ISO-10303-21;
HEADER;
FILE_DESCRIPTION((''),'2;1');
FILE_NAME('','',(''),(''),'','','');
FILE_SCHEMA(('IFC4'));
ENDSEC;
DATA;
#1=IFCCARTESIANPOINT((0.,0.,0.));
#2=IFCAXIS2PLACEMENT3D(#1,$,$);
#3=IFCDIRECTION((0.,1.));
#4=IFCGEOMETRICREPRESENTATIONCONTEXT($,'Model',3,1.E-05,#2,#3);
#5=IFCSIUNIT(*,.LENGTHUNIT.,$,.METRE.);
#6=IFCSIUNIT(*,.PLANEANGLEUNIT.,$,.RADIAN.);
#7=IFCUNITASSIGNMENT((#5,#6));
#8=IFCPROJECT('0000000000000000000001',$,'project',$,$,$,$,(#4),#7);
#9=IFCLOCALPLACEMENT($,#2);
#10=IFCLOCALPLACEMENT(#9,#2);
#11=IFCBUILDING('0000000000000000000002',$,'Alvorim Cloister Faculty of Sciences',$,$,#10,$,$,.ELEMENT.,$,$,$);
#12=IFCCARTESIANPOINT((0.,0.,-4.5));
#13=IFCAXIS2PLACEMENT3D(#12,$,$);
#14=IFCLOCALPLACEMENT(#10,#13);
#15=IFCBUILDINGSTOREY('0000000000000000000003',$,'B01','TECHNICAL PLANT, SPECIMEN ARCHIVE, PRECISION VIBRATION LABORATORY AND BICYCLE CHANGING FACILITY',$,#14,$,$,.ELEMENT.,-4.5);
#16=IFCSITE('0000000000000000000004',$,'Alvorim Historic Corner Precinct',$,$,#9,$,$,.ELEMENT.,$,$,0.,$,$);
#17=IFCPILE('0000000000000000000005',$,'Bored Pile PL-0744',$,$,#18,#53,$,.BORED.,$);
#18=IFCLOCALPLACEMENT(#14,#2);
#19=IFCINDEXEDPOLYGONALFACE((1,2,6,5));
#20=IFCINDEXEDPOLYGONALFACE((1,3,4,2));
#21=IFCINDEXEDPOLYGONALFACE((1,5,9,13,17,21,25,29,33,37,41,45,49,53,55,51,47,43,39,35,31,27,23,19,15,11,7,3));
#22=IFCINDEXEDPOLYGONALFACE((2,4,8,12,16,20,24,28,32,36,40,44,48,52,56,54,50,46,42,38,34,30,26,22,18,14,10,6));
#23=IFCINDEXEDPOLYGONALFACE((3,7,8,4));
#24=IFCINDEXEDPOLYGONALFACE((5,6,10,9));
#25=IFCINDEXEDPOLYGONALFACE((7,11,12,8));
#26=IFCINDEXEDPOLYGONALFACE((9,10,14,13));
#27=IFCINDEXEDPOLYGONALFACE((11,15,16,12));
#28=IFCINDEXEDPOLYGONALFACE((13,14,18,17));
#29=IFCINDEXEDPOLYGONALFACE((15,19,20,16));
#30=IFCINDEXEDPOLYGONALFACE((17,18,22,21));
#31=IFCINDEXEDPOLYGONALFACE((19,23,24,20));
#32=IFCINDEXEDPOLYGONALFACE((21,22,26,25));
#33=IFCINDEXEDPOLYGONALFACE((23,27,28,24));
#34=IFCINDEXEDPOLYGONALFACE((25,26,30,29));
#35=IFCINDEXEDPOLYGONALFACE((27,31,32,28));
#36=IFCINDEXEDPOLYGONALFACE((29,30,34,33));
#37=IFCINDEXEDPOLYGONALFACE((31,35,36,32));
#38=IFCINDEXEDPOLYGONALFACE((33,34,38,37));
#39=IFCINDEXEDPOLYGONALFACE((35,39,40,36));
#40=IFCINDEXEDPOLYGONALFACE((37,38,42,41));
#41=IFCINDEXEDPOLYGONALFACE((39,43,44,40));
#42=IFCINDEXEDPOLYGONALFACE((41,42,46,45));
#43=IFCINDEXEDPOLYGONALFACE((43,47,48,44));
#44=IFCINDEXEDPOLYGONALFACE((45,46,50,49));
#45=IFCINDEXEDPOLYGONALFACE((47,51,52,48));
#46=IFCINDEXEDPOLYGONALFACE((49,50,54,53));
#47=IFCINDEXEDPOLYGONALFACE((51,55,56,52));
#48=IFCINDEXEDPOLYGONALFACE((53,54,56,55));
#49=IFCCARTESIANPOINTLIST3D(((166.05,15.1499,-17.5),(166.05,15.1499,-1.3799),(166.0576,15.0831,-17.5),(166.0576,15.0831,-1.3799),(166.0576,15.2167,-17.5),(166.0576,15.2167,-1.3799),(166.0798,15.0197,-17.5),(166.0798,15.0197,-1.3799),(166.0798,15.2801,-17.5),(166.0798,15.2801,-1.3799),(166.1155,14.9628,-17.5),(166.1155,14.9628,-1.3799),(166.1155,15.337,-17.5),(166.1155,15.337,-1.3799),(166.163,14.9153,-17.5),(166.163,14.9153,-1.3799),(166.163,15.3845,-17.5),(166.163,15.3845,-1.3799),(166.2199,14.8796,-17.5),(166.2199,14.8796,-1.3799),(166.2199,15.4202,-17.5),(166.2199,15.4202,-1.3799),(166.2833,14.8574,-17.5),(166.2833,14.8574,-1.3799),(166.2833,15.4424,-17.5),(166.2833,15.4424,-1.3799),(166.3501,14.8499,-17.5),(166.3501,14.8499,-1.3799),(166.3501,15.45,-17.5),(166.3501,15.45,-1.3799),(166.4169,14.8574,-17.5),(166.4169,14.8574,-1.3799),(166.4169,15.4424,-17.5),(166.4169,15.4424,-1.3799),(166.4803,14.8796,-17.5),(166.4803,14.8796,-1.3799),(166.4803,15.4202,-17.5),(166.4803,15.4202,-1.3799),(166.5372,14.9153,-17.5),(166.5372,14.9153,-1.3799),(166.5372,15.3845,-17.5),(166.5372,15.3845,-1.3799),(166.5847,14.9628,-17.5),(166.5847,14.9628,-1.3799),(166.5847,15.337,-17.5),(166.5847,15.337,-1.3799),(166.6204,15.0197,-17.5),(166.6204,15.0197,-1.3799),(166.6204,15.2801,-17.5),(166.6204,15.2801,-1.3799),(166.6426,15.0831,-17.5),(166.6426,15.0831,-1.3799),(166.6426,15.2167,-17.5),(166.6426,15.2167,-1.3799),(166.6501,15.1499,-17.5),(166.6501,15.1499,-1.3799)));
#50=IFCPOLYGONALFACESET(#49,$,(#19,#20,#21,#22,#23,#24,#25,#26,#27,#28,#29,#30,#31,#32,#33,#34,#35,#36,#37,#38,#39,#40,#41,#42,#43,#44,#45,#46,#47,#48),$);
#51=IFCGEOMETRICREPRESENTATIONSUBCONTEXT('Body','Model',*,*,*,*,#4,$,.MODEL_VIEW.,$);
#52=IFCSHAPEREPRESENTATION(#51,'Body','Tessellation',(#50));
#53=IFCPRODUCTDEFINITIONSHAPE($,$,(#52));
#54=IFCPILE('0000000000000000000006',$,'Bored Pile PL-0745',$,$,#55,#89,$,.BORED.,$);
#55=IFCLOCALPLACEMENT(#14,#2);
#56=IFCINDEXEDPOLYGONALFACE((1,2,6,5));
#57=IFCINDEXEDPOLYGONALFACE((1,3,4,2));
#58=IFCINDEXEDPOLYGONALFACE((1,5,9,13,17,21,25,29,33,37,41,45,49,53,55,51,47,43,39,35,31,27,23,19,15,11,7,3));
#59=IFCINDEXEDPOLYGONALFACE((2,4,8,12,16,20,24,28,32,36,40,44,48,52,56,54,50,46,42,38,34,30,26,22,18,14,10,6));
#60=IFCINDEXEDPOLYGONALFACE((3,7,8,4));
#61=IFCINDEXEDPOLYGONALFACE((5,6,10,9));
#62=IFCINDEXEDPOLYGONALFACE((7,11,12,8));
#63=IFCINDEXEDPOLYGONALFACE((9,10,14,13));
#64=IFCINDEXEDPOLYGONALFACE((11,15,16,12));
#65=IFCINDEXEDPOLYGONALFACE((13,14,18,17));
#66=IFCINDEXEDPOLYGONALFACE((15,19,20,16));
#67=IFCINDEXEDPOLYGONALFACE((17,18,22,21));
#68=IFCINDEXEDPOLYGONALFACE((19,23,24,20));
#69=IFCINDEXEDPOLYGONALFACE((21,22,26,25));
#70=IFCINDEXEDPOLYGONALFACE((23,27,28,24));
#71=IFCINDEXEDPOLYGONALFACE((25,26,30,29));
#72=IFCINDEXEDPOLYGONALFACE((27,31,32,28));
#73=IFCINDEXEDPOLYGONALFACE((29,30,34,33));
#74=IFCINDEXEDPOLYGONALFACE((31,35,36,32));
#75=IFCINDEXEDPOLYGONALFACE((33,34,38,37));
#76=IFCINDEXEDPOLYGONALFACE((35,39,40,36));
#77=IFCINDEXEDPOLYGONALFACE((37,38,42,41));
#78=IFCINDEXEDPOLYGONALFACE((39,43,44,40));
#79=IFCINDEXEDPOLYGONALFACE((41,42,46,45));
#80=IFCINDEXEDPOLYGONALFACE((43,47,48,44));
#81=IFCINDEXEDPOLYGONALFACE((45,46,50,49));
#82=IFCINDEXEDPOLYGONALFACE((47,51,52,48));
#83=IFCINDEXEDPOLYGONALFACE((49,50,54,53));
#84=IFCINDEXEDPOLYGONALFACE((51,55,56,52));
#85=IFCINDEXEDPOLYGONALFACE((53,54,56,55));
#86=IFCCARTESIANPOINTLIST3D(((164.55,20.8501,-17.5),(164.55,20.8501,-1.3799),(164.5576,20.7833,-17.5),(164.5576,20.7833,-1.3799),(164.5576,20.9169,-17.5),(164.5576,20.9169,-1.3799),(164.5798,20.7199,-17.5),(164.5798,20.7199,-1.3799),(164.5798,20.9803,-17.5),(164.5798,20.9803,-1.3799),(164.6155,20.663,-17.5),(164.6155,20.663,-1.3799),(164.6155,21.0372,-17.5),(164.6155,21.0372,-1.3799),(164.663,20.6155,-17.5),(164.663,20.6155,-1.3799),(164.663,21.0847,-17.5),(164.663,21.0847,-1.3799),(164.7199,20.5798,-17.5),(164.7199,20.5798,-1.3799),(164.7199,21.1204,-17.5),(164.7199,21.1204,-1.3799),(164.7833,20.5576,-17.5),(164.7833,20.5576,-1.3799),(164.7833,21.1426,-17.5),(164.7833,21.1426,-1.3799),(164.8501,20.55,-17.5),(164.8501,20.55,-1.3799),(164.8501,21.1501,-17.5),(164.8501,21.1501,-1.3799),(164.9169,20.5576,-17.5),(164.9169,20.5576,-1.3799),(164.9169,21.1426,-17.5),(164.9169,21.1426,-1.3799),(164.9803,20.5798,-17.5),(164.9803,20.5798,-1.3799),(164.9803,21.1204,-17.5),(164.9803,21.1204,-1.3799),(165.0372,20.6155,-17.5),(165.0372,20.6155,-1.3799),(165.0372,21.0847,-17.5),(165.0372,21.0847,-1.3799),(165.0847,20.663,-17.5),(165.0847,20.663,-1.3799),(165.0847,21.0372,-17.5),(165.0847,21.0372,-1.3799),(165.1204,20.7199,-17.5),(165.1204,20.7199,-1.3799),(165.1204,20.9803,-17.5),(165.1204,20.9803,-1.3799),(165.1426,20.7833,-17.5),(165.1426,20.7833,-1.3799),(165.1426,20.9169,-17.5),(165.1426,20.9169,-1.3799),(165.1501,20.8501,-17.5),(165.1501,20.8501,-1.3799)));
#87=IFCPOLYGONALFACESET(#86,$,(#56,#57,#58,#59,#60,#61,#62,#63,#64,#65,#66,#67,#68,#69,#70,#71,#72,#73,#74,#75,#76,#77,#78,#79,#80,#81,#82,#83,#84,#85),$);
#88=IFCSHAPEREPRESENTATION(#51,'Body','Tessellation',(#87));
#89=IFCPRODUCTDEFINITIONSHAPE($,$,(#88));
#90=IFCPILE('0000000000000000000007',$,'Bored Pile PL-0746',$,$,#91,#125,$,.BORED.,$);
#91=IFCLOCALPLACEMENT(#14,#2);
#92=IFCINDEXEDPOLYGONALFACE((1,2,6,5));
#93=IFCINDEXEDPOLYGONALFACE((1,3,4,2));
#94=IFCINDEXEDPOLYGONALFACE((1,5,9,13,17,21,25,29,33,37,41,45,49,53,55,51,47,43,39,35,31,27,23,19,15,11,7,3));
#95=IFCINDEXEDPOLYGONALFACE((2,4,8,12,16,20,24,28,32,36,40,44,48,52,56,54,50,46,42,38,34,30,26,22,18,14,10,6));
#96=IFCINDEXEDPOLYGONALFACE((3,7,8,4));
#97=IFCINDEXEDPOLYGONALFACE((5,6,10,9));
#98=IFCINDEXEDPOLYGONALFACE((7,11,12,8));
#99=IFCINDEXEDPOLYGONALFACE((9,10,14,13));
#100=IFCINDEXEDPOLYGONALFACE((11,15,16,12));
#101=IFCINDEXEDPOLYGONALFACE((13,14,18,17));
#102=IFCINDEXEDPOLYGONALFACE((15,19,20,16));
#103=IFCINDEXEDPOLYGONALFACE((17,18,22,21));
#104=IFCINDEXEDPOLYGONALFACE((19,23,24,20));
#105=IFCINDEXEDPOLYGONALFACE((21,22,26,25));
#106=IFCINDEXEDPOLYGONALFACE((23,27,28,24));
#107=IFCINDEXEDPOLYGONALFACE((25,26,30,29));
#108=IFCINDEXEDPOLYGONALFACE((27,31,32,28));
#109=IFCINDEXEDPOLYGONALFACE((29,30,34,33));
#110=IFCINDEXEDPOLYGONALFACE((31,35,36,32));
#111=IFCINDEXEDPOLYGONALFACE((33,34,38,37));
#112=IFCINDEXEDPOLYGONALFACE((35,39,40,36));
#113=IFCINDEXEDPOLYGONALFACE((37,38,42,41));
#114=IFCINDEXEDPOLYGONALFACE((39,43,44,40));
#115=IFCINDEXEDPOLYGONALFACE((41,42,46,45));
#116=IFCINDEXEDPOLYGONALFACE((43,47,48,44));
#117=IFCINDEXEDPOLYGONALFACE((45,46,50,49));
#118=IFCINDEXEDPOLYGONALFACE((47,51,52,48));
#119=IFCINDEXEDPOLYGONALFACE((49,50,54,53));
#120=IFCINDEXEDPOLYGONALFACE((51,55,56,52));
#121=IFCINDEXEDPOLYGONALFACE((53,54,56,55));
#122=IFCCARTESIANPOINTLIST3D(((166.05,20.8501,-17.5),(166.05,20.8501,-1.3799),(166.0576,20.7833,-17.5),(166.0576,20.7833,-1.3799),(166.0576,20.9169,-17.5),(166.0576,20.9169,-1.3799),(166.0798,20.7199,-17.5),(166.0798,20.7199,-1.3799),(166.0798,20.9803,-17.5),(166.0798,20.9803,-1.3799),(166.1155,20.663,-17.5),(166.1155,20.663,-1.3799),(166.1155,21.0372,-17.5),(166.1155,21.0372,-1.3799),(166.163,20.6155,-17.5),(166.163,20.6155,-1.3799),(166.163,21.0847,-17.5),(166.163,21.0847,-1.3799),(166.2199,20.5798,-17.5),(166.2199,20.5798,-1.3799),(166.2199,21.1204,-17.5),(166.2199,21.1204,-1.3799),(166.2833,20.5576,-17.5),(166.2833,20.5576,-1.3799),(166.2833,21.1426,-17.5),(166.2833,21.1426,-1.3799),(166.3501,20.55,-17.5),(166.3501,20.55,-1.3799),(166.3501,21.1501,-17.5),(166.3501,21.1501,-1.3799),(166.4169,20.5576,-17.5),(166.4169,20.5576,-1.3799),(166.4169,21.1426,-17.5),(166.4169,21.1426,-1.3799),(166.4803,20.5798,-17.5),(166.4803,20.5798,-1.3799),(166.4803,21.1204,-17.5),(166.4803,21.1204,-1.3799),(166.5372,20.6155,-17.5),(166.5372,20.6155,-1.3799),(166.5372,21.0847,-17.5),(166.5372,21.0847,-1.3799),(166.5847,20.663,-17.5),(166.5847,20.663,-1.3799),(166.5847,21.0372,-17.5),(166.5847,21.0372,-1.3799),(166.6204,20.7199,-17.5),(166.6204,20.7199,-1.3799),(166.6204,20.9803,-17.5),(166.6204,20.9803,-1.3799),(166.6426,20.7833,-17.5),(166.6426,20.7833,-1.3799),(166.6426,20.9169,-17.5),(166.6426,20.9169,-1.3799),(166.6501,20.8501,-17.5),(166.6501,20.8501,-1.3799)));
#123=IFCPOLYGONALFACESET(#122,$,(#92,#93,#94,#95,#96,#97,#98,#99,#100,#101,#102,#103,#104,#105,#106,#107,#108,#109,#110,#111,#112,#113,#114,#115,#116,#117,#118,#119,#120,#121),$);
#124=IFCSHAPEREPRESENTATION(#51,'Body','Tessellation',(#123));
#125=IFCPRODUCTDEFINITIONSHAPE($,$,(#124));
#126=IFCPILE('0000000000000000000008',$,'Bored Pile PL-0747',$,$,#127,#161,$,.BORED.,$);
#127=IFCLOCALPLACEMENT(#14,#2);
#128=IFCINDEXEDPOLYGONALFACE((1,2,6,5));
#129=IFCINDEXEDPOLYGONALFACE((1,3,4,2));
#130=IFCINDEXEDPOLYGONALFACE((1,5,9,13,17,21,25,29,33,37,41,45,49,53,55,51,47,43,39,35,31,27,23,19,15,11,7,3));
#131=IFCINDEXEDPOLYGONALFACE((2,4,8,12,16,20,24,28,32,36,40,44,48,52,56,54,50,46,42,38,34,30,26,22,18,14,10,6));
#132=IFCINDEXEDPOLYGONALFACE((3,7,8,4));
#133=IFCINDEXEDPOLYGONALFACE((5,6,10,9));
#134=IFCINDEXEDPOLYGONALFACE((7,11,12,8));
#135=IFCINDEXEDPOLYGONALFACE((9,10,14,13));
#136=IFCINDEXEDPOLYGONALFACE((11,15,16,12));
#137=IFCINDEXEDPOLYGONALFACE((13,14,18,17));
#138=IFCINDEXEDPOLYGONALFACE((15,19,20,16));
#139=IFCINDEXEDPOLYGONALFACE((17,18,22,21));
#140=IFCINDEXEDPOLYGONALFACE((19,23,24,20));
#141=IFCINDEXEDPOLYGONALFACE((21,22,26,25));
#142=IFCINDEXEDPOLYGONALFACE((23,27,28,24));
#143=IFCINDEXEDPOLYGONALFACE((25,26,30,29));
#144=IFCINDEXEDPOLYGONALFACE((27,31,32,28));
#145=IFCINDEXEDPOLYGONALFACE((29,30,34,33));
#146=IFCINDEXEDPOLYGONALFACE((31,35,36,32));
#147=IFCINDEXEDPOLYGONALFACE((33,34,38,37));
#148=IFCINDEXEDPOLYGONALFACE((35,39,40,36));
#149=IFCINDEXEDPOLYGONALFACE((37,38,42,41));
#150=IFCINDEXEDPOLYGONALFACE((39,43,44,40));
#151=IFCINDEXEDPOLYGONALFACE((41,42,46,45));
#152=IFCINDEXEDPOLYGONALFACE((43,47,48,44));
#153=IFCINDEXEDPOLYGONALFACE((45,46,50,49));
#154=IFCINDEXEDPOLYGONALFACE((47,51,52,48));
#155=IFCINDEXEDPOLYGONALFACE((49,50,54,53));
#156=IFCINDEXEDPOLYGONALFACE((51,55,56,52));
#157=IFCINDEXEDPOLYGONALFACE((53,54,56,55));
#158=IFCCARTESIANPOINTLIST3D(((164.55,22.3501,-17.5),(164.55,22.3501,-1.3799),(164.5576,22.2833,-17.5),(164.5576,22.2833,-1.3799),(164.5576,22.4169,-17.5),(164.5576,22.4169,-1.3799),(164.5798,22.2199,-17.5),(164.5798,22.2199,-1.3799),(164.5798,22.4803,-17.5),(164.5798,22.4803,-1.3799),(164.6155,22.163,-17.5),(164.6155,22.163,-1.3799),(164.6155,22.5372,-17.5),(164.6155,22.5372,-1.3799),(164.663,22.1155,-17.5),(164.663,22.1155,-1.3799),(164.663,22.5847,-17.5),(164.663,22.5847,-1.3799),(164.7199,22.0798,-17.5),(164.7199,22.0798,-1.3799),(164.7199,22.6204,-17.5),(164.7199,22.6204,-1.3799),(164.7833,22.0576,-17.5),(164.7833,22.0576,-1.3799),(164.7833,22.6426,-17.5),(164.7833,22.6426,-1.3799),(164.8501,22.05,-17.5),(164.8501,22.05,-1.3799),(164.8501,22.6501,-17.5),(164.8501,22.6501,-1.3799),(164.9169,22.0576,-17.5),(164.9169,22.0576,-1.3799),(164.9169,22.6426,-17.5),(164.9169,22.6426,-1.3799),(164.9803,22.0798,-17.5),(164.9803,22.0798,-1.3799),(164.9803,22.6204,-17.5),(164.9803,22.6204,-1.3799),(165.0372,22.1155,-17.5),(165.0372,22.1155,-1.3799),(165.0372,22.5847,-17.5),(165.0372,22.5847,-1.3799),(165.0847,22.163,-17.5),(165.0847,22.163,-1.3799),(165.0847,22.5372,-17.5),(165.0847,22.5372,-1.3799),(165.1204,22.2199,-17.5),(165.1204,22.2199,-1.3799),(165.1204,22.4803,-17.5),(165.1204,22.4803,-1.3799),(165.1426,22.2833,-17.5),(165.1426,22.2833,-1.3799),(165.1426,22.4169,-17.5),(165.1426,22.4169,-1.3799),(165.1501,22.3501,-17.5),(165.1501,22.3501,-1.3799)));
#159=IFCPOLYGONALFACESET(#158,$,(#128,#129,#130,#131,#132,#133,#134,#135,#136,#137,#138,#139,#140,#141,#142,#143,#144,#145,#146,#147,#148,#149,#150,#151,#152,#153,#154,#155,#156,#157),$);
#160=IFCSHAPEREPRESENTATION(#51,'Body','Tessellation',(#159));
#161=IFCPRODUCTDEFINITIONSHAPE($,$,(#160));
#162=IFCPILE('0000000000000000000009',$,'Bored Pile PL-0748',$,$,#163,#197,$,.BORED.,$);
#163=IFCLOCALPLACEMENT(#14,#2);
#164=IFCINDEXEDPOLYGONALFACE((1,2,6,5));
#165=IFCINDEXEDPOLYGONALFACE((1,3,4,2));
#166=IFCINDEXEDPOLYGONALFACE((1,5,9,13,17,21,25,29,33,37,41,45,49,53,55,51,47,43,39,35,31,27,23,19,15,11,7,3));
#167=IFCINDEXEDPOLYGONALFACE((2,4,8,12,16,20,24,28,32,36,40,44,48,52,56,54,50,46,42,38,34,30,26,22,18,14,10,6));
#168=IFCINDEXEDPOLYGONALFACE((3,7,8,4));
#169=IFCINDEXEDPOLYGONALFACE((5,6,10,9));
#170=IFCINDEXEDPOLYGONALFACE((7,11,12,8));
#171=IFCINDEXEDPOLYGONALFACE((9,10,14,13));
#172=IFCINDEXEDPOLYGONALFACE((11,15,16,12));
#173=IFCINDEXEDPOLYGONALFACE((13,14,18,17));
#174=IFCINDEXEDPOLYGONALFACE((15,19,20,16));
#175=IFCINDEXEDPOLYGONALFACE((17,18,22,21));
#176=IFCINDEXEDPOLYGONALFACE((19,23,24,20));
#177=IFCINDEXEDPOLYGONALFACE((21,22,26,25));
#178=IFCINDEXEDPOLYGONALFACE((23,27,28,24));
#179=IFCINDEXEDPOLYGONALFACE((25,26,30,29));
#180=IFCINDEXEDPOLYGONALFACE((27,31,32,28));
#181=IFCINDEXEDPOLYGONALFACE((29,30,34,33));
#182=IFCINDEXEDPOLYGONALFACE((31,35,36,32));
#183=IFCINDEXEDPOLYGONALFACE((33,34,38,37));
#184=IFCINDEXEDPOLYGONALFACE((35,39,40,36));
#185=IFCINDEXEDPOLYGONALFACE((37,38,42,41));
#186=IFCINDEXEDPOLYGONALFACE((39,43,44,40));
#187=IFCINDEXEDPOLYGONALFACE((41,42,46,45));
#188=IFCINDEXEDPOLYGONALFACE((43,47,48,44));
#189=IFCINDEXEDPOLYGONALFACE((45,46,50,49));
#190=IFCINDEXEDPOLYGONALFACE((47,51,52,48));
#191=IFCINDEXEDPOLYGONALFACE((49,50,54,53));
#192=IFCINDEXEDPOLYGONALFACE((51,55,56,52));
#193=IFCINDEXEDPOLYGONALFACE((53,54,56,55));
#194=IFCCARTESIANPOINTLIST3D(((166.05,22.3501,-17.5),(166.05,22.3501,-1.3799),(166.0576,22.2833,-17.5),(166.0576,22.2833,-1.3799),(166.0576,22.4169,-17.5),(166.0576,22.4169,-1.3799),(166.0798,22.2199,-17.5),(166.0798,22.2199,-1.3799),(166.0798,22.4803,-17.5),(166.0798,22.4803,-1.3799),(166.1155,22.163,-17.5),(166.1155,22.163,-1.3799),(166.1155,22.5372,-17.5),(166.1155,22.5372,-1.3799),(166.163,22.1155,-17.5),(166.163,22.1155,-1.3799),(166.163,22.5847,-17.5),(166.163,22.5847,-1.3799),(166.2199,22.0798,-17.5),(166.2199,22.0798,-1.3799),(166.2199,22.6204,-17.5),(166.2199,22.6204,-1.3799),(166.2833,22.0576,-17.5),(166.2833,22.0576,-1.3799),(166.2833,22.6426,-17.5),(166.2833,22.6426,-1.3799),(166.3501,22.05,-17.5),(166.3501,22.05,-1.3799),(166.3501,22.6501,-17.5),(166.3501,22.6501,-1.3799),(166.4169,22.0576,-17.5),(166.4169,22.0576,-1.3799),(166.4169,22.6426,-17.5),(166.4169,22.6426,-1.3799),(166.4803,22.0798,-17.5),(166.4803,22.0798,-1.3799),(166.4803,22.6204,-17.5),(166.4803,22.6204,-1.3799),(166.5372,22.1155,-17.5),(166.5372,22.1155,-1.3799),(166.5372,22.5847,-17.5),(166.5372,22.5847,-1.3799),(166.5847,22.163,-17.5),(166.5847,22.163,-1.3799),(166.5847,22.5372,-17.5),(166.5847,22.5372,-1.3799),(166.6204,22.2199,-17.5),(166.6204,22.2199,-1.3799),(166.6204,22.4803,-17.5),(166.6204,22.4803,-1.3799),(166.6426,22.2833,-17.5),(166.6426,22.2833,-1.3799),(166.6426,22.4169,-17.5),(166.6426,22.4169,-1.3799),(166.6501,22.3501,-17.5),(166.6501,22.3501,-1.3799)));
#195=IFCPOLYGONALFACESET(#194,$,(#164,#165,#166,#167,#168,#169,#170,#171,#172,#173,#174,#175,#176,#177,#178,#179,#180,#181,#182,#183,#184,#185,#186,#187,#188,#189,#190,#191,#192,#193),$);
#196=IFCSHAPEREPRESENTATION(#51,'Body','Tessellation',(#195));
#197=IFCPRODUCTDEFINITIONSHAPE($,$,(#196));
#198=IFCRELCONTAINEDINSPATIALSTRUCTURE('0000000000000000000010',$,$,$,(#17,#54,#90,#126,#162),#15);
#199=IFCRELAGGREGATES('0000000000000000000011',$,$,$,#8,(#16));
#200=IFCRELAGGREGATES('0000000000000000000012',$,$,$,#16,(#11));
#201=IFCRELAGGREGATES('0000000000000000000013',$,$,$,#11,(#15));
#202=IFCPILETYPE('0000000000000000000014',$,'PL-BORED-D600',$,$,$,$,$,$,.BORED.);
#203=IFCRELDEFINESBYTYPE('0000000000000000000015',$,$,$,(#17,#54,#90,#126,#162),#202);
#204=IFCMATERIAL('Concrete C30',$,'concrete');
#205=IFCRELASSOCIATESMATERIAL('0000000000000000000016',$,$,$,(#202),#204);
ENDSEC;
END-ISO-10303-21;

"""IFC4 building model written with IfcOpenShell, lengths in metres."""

from ifc_helpers import new_model, si_unit, direction, frame, origin, origin_2d, place, context, subcontext, project, spatial, circle, extrude, material, material_profile, profile_set, type_object, element, save


model = new_model("IFC4")

# Units and contexts
model_context = context("Model", 3, precision=1e-05, world=origin(), true_north=direction((0.0, 1.0)))
body_context = subcontext(model_context, "Body", "Model", "MODEL_VIEW")
ifc_project = project(units=[si_unit("LENGTHUNIT", "METRE"), si_unit("PLANEANGLEUNIT", "RADIAN")], contexts=[model_context])

# Site, building, storey
site_placement = place(None, origin())
site = spatial("IfcSite", under=ifc_project, at=site_placement, Name="Alvorim Historic Corner Precinct", CompositionType="ELEMENT", RefElevation=0.0)
building_placement = place(site_placement, origin())
building = spatial("IfcBuilding", under=site, at=building_placement, Name="Alvorim Cloister Faculty of Sciences", CompositionType="ELEMENT")
storey_placement = place(building_placement, frame((0.0, 0.0, -4.5)))
storey = spatial("IfcBuildingStorey", under=building, at=storey_placement, Name="B01", Description="TECHNICAL PLANT, SPECIMEN ARCHIVE, PRECISION VIBRATION LABORATORY AND BICYCLE CHANGING FACILITY", CompositionType="ELEMENT", Elevation=-4.5)

# Piles
ifc_material_1 = material(Name="Concrete C30", Category="concrete")
ifc_material_profile_1 = material_profile(ifc_material_1, circle(Radius=0.3, at=origin_2d()), Name="PILE-D600")
ifc_profile_set_1 = profile_set([ifc_material_profile_1], Name="Concrete C30")
pile_type = type_object("IfcPileType", Name="PL-BORED-D600", PredefinedType="BORED", material=ifc_profile_set_1)
for number, where, z_axis, x_axis, name in (
    (1, (166.3501, 15.1499, -1.3799), (0.0, 0.0, -1.0), (1.0, 0.0, 0.0), "Bored Pile PL-0744"),
    (2, (164.8501, 20.8501, -1.3799), (0.0, 0.0, -1.0), (1.0, 0.0, 0.0), "Bored Pile PL-0745"),
    (3, (166.3501, 20.8501, -1.3799), (0.0, 0.0, -1.0), (1.0, 0.0, 0.0), "Bored Pile PL-0746"),
    (4, (164.8501, 22.3501, -1.3799), (0.0, 0.0, -1.0), (1.0, 0.0, 0.0), "Bored Pile PL-0747"),
    (5, (166.3501, 22.3501, -1.3799), (0.0, 0.0, -1.0), (1.0, 0.0, 0.0), "Bored Pile PL-0748"),
):
    element("IfcPile", number, at=place(storey_placement, frame(where, z_axis=z_axis, x_axis=x_axis)), inside=storey, type_object=pile_type, Name=name, PredefinedType="BORED", context=body_context, shape_type="SweptSolid", body=[
        extrude(circle(Radius=0.3, at=origin_2d()), origin(), (0.0, 0.0, 1.0), 16.1201),
    ])

save(model, "model.ifc")
